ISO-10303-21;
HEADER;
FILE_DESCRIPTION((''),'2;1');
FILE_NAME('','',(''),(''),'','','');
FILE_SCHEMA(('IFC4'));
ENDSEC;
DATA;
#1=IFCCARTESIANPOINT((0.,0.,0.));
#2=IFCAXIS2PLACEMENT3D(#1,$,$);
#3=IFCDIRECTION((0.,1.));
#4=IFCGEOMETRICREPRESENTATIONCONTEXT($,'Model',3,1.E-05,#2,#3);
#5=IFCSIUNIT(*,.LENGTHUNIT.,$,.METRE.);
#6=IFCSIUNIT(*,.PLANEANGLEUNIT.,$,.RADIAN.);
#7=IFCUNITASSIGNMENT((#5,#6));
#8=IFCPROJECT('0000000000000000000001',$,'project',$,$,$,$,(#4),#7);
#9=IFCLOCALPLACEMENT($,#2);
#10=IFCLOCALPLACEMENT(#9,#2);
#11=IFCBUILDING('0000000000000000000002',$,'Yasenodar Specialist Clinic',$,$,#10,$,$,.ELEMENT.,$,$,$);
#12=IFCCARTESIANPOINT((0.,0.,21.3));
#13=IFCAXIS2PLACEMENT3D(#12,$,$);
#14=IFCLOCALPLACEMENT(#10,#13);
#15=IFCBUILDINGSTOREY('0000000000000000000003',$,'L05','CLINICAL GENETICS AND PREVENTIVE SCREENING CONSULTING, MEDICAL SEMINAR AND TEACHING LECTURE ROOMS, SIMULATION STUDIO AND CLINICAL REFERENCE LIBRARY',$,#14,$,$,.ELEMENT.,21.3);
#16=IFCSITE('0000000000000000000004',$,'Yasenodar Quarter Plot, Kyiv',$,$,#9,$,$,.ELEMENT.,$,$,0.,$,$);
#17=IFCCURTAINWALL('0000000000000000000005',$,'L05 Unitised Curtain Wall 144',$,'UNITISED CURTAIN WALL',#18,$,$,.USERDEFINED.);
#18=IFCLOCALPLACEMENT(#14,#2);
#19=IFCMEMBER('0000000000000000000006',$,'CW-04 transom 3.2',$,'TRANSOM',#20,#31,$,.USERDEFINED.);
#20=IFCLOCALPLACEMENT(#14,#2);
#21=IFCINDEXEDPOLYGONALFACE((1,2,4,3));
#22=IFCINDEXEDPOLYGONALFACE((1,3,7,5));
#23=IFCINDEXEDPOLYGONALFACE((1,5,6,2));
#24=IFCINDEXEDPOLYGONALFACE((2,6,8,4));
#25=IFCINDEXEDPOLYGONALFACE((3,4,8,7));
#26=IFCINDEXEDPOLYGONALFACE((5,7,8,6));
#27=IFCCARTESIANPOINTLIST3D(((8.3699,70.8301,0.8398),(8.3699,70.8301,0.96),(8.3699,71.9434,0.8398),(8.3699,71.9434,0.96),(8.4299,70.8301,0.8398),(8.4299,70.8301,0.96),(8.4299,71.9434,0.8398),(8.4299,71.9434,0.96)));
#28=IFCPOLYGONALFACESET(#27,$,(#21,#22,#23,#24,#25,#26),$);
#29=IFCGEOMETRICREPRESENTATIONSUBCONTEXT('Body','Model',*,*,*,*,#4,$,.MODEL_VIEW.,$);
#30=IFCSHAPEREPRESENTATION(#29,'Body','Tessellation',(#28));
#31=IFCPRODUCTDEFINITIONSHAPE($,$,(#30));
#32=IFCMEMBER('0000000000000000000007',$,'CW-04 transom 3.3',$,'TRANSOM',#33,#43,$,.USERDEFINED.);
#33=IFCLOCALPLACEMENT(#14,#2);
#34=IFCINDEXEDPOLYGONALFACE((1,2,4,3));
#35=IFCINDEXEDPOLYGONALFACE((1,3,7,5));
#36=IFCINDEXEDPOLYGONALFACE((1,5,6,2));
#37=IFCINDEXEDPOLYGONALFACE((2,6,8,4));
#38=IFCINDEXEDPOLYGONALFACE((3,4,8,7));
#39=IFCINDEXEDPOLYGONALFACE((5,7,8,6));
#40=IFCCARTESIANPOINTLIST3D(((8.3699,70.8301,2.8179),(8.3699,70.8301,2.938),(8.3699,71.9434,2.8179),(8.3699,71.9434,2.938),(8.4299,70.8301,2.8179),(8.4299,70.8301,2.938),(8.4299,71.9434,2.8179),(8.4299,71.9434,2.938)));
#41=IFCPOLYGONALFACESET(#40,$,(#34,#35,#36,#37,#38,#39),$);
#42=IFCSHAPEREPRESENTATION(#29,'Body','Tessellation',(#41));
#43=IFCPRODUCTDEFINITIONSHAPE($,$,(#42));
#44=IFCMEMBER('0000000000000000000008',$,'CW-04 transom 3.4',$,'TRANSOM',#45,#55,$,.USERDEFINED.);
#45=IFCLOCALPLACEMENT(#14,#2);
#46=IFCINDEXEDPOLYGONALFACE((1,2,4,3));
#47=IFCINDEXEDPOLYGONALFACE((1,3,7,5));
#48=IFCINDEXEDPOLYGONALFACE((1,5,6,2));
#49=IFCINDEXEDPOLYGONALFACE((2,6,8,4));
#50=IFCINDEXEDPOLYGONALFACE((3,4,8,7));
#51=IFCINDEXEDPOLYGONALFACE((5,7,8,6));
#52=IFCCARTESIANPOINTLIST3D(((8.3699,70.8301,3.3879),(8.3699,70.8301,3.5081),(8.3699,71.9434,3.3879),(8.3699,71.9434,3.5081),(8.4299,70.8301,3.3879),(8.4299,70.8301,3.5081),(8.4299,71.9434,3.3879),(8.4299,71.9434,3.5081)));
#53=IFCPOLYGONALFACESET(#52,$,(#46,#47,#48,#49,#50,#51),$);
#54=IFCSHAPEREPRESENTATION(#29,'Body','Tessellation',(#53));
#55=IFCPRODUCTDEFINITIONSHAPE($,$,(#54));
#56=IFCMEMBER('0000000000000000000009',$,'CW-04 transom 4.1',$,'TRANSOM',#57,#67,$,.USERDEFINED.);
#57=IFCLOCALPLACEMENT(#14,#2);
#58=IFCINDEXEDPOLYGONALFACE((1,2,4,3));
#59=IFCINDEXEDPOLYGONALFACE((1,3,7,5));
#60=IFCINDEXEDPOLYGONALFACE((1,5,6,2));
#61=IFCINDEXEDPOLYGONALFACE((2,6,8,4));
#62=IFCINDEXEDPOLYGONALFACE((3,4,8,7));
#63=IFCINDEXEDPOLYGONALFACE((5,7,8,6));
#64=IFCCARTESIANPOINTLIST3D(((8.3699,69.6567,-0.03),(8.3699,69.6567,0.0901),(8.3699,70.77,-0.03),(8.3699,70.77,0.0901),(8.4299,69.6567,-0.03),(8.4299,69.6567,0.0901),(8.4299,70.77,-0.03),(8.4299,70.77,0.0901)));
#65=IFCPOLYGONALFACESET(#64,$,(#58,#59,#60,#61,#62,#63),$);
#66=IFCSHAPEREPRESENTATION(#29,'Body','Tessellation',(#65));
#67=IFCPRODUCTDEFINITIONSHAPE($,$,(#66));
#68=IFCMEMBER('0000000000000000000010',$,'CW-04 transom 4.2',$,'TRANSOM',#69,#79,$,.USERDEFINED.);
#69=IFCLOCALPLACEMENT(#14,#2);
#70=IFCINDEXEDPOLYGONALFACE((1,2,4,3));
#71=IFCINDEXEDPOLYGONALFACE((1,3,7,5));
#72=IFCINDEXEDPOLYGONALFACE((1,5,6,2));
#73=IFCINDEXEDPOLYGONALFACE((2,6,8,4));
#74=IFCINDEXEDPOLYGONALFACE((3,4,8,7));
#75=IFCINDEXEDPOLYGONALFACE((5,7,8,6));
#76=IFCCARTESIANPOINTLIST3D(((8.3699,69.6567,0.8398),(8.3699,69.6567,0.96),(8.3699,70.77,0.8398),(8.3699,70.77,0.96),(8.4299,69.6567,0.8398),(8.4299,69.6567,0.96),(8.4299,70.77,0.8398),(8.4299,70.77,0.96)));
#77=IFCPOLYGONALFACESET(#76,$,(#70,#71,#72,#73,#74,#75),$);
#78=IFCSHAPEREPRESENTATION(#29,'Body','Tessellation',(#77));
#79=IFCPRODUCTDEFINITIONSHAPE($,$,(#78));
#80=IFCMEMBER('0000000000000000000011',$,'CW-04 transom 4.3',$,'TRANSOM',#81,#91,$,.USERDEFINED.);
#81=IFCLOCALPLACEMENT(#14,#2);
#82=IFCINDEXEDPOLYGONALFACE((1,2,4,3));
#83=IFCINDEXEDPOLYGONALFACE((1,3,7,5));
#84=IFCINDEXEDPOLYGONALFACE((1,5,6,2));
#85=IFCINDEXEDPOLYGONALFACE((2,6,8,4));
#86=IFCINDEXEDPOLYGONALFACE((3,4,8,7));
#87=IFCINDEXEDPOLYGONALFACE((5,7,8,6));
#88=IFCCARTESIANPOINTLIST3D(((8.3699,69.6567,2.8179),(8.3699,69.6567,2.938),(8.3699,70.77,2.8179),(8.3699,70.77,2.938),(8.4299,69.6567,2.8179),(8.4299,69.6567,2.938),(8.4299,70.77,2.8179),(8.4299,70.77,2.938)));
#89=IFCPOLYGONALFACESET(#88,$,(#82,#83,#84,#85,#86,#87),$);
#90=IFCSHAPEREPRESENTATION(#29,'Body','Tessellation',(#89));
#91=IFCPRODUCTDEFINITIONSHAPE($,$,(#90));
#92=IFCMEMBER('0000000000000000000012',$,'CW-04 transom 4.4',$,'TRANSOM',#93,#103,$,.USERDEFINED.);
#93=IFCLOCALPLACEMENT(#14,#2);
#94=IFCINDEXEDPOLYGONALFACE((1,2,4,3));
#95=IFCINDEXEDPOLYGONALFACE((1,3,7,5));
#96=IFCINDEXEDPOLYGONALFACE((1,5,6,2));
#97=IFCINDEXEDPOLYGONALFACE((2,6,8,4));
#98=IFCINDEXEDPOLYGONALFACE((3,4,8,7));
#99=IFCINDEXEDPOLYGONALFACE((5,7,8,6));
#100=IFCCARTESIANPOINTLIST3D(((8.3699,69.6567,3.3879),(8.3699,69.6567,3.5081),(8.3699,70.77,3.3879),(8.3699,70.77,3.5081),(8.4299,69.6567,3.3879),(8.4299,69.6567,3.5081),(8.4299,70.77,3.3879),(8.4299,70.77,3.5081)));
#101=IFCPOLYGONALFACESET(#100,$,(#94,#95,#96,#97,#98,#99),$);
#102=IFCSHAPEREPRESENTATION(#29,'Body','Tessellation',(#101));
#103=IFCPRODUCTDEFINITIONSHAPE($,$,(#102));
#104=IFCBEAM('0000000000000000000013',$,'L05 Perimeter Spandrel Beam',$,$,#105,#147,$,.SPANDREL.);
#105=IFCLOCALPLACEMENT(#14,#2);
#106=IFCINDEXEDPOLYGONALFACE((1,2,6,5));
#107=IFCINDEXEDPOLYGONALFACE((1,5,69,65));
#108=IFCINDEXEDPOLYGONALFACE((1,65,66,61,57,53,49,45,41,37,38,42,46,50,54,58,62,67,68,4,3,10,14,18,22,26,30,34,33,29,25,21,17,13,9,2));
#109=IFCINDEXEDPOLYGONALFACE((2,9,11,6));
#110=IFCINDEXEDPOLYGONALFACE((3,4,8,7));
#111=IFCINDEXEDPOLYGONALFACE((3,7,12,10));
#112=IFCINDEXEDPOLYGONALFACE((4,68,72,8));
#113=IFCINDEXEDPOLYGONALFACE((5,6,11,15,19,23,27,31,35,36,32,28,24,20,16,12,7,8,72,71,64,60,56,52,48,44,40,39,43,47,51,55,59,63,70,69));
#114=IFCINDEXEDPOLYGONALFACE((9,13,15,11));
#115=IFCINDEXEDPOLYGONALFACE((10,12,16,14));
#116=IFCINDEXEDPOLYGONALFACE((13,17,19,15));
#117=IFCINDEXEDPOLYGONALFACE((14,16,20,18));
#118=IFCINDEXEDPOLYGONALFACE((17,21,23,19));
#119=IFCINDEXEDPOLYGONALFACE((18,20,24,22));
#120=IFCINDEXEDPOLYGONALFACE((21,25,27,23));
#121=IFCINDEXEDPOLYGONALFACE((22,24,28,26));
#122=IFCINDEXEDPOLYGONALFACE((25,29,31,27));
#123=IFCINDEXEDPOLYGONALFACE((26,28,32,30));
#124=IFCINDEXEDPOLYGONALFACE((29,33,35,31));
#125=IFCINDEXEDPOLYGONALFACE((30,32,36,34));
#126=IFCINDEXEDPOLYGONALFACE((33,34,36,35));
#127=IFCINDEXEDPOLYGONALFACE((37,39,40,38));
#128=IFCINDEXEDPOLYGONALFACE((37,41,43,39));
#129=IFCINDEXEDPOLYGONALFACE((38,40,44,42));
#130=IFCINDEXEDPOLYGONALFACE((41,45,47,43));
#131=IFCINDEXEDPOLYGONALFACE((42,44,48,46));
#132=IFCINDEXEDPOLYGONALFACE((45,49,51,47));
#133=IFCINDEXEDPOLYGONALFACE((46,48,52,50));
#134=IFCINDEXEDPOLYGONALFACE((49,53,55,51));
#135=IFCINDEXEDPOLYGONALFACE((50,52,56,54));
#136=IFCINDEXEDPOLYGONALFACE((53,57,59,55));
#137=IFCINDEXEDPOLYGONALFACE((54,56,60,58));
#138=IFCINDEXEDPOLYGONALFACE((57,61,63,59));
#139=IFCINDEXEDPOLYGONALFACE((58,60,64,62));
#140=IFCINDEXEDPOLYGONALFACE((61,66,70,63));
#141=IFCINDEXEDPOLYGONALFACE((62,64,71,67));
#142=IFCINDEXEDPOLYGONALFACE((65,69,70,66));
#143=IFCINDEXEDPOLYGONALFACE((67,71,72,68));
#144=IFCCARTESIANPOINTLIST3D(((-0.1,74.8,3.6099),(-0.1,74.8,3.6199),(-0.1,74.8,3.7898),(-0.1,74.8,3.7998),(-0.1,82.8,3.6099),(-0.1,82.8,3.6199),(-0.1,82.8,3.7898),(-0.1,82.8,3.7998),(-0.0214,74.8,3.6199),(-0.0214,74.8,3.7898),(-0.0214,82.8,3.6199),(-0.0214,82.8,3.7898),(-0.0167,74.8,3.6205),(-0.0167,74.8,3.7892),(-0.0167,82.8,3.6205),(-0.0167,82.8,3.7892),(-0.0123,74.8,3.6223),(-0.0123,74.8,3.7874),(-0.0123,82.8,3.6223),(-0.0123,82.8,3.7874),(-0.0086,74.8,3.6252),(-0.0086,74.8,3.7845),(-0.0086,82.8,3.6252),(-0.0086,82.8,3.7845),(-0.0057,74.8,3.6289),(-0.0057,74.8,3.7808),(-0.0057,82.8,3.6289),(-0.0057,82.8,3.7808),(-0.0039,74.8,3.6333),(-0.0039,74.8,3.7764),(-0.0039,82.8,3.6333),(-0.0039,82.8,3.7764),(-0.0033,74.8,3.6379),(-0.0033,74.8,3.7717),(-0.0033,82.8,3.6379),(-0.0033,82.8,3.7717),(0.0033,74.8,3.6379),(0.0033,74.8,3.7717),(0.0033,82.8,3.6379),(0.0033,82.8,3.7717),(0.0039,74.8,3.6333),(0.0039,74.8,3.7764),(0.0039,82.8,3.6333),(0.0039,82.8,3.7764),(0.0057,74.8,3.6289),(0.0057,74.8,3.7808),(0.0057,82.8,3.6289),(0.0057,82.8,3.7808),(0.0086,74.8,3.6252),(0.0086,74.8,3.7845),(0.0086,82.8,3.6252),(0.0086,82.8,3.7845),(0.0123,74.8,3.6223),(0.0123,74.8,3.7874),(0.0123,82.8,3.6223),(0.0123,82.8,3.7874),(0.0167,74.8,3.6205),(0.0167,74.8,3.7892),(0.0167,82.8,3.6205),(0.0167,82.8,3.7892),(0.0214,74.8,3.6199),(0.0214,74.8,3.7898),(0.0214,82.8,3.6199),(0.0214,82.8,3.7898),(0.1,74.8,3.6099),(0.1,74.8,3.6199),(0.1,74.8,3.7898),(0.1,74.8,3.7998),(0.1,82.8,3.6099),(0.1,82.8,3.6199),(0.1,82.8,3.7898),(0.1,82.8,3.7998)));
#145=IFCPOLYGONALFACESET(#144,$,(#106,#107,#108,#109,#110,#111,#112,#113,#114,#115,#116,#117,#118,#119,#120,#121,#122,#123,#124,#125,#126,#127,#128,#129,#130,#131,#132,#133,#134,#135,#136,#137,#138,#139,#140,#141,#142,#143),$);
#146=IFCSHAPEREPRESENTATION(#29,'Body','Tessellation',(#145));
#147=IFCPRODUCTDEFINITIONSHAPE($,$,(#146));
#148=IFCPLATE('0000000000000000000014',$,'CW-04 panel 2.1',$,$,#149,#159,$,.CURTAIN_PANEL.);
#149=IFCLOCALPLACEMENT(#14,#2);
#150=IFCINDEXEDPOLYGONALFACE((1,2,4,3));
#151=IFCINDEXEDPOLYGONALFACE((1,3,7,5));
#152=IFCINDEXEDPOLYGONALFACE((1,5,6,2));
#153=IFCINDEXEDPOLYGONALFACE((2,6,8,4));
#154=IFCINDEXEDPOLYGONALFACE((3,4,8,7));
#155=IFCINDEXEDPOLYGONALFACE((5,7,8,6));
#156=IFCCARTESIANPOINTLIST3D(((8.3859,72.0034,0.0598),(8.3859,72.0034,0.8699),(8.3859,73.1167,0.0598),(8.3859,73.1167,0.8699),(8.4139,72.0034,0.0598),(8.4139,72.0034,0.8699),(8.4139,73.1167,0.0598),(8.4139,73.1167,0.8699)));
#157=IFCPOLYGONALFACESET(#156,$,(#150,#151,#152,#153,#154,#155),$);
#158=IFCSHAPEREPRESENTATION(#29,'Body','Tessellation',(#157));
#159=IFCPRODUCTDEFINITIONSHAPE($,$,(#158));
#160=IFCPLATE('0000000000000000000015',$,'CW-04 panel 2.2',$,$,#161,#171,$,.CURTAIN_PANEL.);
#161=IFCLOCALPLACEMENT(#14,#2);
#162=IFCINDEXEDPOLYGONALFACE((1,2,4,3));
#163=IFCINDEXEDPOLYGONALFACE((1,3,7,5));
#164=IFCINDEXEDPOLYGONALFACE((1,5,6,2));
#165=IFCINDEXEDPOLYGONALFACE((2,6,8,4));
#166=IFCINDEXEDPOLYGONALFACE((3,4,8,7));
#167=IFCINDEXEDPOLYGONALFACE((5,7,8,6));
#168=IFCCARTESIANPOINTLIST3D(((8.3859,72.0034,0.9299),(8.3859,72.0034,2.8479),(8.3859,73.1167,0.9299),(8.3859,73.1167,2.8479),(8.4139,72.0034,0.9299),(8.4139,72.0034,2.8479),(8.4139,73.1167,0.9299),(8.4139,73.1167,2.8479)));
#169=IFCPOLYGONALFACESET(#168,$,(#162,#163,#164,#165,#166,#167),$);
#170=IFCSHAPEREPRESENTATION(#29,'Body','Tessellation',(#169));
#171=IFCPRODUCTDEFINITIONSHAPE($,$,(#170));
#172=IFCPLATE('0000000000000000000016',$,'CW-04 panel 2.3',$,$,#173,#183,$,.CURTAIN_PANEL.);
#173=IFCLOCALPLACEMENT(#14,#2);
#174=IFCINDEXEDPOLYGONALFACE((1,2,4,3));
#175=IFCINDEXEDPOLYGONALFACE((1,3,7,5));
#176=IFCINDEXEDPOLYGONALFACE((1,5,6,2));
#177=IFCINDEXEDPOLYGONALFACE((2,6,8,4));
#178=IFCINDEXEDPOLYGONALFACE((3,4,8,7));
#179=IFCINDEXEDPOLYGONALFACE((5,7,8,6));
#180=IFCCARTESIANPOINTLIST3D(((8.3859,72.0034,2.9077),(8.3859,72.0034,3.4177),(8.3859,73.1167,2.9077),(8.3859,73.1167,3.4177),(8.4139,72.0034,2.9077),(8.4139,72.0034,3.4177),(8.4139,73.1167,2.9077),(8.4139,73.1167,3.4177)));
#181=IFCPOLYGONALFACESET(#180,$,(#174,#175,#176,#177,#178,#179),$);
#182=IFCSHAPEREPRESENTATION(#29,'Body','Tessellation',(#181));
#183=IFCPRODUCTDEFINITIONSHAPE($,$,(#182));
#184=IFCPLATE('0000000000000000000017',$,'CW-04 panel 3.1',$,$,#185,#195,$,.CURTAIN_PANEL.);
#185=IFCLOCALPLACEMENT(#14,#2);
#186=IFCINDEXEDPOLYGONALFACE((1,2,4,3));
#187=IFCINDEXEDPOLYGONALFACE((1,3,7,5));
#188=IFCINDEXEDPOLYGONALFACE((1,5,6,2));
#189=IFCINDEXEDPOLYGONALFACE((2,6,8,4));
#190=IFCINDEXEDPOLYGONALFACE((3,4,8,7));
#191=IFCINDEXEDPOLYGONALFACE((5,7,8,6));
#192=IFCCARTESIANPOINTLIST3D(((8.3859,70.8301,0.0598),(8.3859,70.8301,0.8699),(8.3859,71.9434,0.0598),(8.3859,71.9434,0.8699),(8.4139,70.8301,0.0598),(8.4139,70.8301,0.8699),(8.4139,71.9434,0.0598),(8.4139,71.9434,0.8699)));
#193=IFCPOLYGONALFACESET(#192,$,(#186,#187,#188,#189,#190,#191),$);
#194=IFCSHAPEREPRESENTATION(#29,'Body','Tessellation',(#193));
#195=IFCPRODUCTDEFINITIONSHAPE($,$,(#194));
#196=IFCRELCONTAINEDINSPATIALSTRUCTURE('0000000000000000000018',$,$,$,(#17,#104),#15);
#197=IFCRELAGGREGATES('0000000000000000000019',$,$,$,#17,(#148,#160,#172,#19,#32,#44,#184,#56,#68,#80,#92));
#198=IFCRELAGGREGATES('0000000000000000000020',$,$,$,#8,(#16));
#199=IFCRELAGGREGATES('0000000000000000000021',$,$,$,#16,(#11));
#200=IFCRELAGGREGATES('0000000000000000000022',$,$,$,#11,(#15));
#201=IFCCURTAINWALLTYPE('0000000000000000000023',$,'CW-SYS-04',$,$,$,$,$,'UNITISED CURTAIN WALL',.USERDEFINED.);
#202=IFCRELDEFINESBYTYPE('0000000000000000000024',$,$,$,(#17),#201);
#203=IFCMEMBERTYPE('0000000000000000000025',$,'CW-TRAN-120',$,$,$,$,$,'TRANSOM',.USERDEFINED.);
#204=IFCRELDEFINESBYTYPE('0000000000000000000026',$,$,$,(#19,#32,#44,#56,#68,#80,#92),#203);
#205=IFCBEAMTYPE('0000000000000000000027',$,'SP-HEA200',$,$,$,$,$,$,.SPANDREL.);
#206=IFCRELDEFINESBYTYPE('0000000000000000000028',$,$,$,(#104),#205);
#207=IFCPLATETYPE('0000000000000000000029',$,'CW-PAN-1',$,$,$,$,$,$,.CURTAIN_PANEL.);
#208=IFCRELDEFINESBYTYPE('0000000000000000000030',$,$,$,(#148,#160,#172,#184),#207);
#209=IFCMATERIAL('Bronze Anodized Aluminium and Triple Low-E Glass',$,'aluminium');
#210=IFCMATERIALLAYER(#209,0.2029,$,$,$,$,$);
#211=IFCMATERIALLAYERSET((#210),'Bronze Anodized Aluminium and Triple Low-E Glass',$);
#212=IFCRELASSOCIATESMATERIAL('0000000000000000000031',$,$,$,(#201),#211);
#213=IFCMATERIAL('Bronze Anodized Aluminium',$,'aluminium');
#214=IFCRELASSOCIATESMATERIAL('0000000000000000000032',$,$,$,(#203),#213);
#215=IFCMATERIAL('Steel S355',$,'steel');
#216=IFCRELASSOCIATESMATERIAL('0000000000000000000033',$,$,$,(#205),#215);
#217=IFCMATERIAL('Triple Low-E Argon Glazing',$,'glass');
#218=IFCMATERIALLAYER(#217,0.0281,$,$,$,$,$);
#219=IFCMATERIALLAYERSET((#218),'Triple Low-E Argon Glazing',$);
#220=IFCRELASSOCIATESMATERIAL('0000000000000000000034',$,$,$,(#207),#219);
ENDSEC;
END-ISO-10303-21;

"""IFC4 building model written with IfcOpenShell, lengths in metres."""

from ifc_helpers import new_model, si_unit, direction, frame, origin, origin_2d, place, context, subcontext, project, spatial, rectangle, i_section, extrude, material, layer, layer_set, material_profile, profile_set, type_object, element, aggregate, save


model = new_model("IFC4")

# Units and contexts
model_context = context("Model", 3, precision=1e-05, world=origin(), true_north=direction((0.0, 1.0)))
body_context = subcontext(model_context, "Body", "Model", "MODEL_VIEW")
ifc_project = project(units=[si_unit("LENGTHUNIT", "METRE"), si_unit("PLANEANGLEUNIT", "RADIAN")], contexts=[model_context])

# Site, building, storey
site_placement = place(None, origin())
site = spatial("IfcSite", under=ifc_project, at=site_placement, Name="Yasenodar Quarter Plot, Kyiv", CompositionType="ELEMENT", RefElevation=0.0)
building_placement = place(site_placement, origin())
building = spatial("IfcBuilding", under=site, at=building_placement, Name="Yasenodar Specialist Clinic", CompositionType="ELEMENT")
storey_placement = place(building_placement, frame((0.0, 0.0, 21.3)))
storey = spatial("IfcBuildingStorey", under=building, at=storey_placement, Name="L05", Description="CLINICAL GENETICS AND PREVENTIVE SCREENING CONSULTING, MEDICAL SEMINAR AND TEACHING LECTURE ROOMS, SIMULATION STUDIO AND CLINICAL REFERENCE LIBRARY", CompositionType="ELEMENT", Elevation=21.3)

# Shared definitions
ifc_material_1 = material(Name="Steel S355", Category="steel")

# Curtain wall, members
ifc_material_2 = material(Name="Bronze Anodized Aluminium and Triple Low-E Glass", Category="aluminium")
ifc_layer_1 = layer(ifc_material_2, 0.2029)
ifc_layer_set_1 = layer_set([ifc_layer_1], Name="Bronze Anodized Aluminium and Triple Low-E Glass")
curtain_wall_type = type_object("IfcCurtainWallType", Name="CW-SYS-04", ElementType="UNITISED CURTAIN WALL", PredefinedType="USERDEFINED", material=ifc_layer_set_1)
curtain_wall_placement = place(storey_placement, origin())
curtain_wall = element("IfcCurtainWall", 1, at=curtain_wall_placement, inside=storey, type_object=curtain_wall_type, Name="L05 Unitised Curtain Wall 144", ObjectType="UNITISED CURTAIN WALL", PredefinedType="USERDEFINED")
ifc_material_3 = material(Name="Bronze Anodized Aluminium", Category="aluminium")
ifc_material_profile_1 = material_profile(ifc_material_3, rectangle(XDim=0.0601, YDim=0.1201, at=origin_2d()), Name="CW-TRAN 60x120")
ifc_profile_set_1 = profile_set([ifc_material_profile_1], Name="Bronze Anodized Aluminium")
member_type_1 = type_object("IfcMemberType", Name="CW-TRAN-120", ElementType="TRANSOM", PredefinedType="USERDEFINED", material=ifc_profile_set_1)
member_1_placement = place(storey_placement, frame((8.3999, 71.9434, 0.8999), z_axis=(0.0, -1.0, 0.0), x_axis=(1.0, 0.0, 0.0)))
member_1 = element("IfcMember", 2, at=member_1_placement, type_object=member_type_1, Name="CW-04 transom 3.2", ObjectType="TRANSOM", PredefinedType="USERDEFINED", context=body_context, shape_type="SweptSolid", body=[
    extrude(rectangle(XDim=0.0601, YDim=0.1201, at=origin_2d()), origin(), (0.0, 0.0, 1.0), 1.1133),
])
member_2_placement = place(storey_placement, frame((8.3999, 71.9434, 2.8779), z_axis=(0.0, -1.0, 0.0), x_axis=(1.0, 0.0, 0.0)))
member_2 = element("IfcMember", 3, at=member_2_placement, type_object=member_type_1, Name="CW-04 transom 3.3", ObjectType="TRANSOM", PredefinedType="USERDEFINED", context=body_context, shape_type="SweptSolid", body=[
    extrude(rectangle(XDim=0.0601, YDim=0.1201, at=origin_2d()), origin(), (0.0, 0.0, 1.0), 1.1133),
])
member_3_placement = place(storey_placement, frame((8.3999, 71.9434, 3.448), z_axis=(0.0, -1.0, 0.0), x_axis=(1.0, 0.0, 0.0)))
member_3 = element("IfcMember", 4, at=member_3_placement, type_object=member_type_1, Name="CW-04 transom 3.4", ObjectType="TRANSOM", PredefinedType="USERDEFINED", context=body_context, shape_type="SweptSolid", body=[
    extrude(rectangle(XDim=0.0601, YDim=0.1201, at=origin_2d()), origin(), (0.0, 0.0, 1.0), 1.1133),
])
member_4_placement = place(storey_placement, frame((8.3999, 70.77, 0.03), z_axis=(0.0, -1.0, 0.0), x_axis=(1.0, 0.0, 0.0)))
member_4 = element("IfcMember", 5, at=member_4_placement, type_object=member_type_1, Name="CW-04 transom 4.1", ObjectType="TRANSOM", PredefinedType="USERDEFINED", context=body_context, shape_type="SweptSolid", body=[
    extrude(rectangle(XDim=0.0601, YDim=0.1201, at=origin_2d()), origin(), (0.0, 0.0, 1.0), 1.1133),
])
member_5_placement = place(storey_placement, frame((8.3999, 70.77, 0.8999), z_axis=(0.0, -1.0, 0.0), x_axis=(1.0, 0.0, 0.0)))
member_5 = element("IfcMember", 6, at=member_5_placement, type_object=member_type_1, Name="CW-04 transom 4.2", ObjectType="TRANSOM", PredefinedType="USERDEFINED", context=body_context, shape_type="SweptSolid", body=[
    extrude(rectangle(XDim=0.0601, YDim=0.1201, at=origin_2d()), origin(), (0.0, 0.0, 1.0), 1.1133),
])
member_6_placement = place(storey_placement, frame((8.3999, 70.77, 2.8779), z_axis=(0.0, -1.0, 0.0), x_axis=(1.0, 0.0, 0.0)))
member_6 = element("IfcMember", 7, at=member_6_placement, type_object=member_type_1, Name="CW-04 transom 4.3", ObjectType="TRANSOM", PredefinedType="USERDEFINED", context=body_context, shape_type="SweptSolid", body=[
    extrude(rectangle(XDim=0.0601, YDim=0.1201, at=origin_2d()), origin(), (0.0, 0.0, 1.0), 1.1133),
])
member_7_placement = place(storey_placement, frame((8.3999, 70.77, 3.448), z_axis=(0.0, -1.0, 0.0), x_axis=(1.0, 0.0, 0.0)))
member_7 = element("IfcMember", 8, at=member_7_placement, type_object=member_type_1, Name="CW-04 transom 4.4", ObjectType="TRANSOM", PredefinedType="USERDEFINED", context=body_context, shape_type="SweptSolid", body=[
    extrude(rectangle(XDim=0.0601, YDim=0.1201, at=origin_2d()), origin(), (0.0, 0.0, 1.0), 1.1133),
])

# Beam
ifc_material_profile_2 = material_profile(ifc_material_1, i_section(OverallWidth=0.2, OverallDepth=0.1899, WebThickness=0.0066, FlangeThickness=0.01, FilletRadius=0.0181, at=origin_2d()), Name="HEA 200")
ifc_profile_set_2 = profile_set([ifc_material_profile_2], Name="Steel S355")
beam_type_1 = type_object("IfcBeamType", Name="SP-HEA200", PredefinedType="SPANDREL", material=ifc_profile_set_2)
beam_1_placement = place(storey_placement, frame((0.0, 74.8, 3.7048), z_axis=(0.0, 1.0, 0.0), x_axis=(-1.0, 0.0, 0.0)))
element("IfcBeam", 9, at=beam_1_placement, inside=storey, type_object=beam_type_1, Name="L05 Perimeter Spandrel Beam", PredefinedType="SPANDREL", context=body_context, shape_type="SweptSolid", body=[
    extrude(i_section(OverallWidth=0.2, OverallDepth=0.1899, WebThickness=0.0066, FlangeThickness=0.01, FilletRadius=0.0181, at=origin_2d()), origin(), (0.0, 0.0, 1.0), 8.0),
])

# Plates
ifc_material_4 = material(Name="Triple Low-E Argon Glazing", Category="glass")
ifc_layer_2 = layer(ifc_material_4, 0.0281)
ifc_layer_set_2 = layer_set([ifc_layer_2], Name="Triple Low-E Argon Glazing")
plate_type = type_object("IfcPlateType", Name="CW-PAN-1", PredefinedType="CURTAIN_PANEL", material=ifc_layer_set_2)
plate_1_placement = place(storey_placement, frame((8.3999, 72.5601, 0.0598), z_axis=(0.0, 0.0, 1.0), x_axis=(0.0, -1.0, 0.0)))
plate_1 = element("IfcPlate", 10, at=plate_1_placement, type_object=plate_type, Name="CW-04 panel 2.1", PredefinedType="CURTAIN_PANEL", context=body_context, shape_type="SweptSolid", body=[
    extrude(rectangle(XDim=1.1133, YDim=0.0281, at=origin_2d()), origin(), (0.0, 0.0, 1.0), 0.8101),
])
plate_2_placement = place(storey_placement, frame((8.3999, 72.5601, 0.9299), z_axis=(0.0, 0.0, 1.0), x_axis=(0.0, -1.0, 0.0)))
plate_2 = element("IfcPlate", 11, at=plate_2_placement, type_object=plate_type, Name="CW-04 panel 2.2", PredefinedType="CURTAIN_PANEL", context=body_context, shape_type="SweptSolid", body=[
    extrude(rectangle(XDim=1.1133, YDim=0.0281, at=origin_2d()), origin(), (0.0, 0.0, 1.0), 1.918),
])
plate_3_placement = place(storey_placement, frame((8.3999, 72.5601, 2.9077), z_axis=(0.0, 0.0, 1.0), x_axis=(0.0, -1.0, 0.0)))
plate_3 = element("IfcPlate", 12, at=plate_3_placement, type_object=plate_type, Name="CW-04 panel 2.3", PredefinedType="CURTAIN_PANEL", context=body_context, shape_type="SweptSolid", body=[
    extrude(rectangle(XDim=1.1133, YDim=0.0281, at=origin_2d()), origin(), (0.0, 0.0, 1.0), 0.51),
])
plate_4_placement = place(storey_placement, frame((8.3999, 71.3867, 0.0598), z_axis=(0.0, 0.0, 1.0), x_axis=(0.0, -1.0, 0.0)))
plate_4 = element("IfcPlate", 13, at=plate_4_placement, type_object=plate_type, Name="CW-04 panel 3.1", PredefinedType="CURTAIN_PANEL", context=body_context, shape_type="SweptSolid", body=[
    extrude(rectangle(XDim=1.1133, YDim=0.0281, at=origin_2d()), origin(), (0.0, 0.0, 1.0), 0.8101),
])
aggregate(curtain_wall, [plate_1, plate_2, plate_3, member_1, member_2, member_3, plate_4, member_4, member_5, member_6, member_7])

save(model, "model.ifc")
